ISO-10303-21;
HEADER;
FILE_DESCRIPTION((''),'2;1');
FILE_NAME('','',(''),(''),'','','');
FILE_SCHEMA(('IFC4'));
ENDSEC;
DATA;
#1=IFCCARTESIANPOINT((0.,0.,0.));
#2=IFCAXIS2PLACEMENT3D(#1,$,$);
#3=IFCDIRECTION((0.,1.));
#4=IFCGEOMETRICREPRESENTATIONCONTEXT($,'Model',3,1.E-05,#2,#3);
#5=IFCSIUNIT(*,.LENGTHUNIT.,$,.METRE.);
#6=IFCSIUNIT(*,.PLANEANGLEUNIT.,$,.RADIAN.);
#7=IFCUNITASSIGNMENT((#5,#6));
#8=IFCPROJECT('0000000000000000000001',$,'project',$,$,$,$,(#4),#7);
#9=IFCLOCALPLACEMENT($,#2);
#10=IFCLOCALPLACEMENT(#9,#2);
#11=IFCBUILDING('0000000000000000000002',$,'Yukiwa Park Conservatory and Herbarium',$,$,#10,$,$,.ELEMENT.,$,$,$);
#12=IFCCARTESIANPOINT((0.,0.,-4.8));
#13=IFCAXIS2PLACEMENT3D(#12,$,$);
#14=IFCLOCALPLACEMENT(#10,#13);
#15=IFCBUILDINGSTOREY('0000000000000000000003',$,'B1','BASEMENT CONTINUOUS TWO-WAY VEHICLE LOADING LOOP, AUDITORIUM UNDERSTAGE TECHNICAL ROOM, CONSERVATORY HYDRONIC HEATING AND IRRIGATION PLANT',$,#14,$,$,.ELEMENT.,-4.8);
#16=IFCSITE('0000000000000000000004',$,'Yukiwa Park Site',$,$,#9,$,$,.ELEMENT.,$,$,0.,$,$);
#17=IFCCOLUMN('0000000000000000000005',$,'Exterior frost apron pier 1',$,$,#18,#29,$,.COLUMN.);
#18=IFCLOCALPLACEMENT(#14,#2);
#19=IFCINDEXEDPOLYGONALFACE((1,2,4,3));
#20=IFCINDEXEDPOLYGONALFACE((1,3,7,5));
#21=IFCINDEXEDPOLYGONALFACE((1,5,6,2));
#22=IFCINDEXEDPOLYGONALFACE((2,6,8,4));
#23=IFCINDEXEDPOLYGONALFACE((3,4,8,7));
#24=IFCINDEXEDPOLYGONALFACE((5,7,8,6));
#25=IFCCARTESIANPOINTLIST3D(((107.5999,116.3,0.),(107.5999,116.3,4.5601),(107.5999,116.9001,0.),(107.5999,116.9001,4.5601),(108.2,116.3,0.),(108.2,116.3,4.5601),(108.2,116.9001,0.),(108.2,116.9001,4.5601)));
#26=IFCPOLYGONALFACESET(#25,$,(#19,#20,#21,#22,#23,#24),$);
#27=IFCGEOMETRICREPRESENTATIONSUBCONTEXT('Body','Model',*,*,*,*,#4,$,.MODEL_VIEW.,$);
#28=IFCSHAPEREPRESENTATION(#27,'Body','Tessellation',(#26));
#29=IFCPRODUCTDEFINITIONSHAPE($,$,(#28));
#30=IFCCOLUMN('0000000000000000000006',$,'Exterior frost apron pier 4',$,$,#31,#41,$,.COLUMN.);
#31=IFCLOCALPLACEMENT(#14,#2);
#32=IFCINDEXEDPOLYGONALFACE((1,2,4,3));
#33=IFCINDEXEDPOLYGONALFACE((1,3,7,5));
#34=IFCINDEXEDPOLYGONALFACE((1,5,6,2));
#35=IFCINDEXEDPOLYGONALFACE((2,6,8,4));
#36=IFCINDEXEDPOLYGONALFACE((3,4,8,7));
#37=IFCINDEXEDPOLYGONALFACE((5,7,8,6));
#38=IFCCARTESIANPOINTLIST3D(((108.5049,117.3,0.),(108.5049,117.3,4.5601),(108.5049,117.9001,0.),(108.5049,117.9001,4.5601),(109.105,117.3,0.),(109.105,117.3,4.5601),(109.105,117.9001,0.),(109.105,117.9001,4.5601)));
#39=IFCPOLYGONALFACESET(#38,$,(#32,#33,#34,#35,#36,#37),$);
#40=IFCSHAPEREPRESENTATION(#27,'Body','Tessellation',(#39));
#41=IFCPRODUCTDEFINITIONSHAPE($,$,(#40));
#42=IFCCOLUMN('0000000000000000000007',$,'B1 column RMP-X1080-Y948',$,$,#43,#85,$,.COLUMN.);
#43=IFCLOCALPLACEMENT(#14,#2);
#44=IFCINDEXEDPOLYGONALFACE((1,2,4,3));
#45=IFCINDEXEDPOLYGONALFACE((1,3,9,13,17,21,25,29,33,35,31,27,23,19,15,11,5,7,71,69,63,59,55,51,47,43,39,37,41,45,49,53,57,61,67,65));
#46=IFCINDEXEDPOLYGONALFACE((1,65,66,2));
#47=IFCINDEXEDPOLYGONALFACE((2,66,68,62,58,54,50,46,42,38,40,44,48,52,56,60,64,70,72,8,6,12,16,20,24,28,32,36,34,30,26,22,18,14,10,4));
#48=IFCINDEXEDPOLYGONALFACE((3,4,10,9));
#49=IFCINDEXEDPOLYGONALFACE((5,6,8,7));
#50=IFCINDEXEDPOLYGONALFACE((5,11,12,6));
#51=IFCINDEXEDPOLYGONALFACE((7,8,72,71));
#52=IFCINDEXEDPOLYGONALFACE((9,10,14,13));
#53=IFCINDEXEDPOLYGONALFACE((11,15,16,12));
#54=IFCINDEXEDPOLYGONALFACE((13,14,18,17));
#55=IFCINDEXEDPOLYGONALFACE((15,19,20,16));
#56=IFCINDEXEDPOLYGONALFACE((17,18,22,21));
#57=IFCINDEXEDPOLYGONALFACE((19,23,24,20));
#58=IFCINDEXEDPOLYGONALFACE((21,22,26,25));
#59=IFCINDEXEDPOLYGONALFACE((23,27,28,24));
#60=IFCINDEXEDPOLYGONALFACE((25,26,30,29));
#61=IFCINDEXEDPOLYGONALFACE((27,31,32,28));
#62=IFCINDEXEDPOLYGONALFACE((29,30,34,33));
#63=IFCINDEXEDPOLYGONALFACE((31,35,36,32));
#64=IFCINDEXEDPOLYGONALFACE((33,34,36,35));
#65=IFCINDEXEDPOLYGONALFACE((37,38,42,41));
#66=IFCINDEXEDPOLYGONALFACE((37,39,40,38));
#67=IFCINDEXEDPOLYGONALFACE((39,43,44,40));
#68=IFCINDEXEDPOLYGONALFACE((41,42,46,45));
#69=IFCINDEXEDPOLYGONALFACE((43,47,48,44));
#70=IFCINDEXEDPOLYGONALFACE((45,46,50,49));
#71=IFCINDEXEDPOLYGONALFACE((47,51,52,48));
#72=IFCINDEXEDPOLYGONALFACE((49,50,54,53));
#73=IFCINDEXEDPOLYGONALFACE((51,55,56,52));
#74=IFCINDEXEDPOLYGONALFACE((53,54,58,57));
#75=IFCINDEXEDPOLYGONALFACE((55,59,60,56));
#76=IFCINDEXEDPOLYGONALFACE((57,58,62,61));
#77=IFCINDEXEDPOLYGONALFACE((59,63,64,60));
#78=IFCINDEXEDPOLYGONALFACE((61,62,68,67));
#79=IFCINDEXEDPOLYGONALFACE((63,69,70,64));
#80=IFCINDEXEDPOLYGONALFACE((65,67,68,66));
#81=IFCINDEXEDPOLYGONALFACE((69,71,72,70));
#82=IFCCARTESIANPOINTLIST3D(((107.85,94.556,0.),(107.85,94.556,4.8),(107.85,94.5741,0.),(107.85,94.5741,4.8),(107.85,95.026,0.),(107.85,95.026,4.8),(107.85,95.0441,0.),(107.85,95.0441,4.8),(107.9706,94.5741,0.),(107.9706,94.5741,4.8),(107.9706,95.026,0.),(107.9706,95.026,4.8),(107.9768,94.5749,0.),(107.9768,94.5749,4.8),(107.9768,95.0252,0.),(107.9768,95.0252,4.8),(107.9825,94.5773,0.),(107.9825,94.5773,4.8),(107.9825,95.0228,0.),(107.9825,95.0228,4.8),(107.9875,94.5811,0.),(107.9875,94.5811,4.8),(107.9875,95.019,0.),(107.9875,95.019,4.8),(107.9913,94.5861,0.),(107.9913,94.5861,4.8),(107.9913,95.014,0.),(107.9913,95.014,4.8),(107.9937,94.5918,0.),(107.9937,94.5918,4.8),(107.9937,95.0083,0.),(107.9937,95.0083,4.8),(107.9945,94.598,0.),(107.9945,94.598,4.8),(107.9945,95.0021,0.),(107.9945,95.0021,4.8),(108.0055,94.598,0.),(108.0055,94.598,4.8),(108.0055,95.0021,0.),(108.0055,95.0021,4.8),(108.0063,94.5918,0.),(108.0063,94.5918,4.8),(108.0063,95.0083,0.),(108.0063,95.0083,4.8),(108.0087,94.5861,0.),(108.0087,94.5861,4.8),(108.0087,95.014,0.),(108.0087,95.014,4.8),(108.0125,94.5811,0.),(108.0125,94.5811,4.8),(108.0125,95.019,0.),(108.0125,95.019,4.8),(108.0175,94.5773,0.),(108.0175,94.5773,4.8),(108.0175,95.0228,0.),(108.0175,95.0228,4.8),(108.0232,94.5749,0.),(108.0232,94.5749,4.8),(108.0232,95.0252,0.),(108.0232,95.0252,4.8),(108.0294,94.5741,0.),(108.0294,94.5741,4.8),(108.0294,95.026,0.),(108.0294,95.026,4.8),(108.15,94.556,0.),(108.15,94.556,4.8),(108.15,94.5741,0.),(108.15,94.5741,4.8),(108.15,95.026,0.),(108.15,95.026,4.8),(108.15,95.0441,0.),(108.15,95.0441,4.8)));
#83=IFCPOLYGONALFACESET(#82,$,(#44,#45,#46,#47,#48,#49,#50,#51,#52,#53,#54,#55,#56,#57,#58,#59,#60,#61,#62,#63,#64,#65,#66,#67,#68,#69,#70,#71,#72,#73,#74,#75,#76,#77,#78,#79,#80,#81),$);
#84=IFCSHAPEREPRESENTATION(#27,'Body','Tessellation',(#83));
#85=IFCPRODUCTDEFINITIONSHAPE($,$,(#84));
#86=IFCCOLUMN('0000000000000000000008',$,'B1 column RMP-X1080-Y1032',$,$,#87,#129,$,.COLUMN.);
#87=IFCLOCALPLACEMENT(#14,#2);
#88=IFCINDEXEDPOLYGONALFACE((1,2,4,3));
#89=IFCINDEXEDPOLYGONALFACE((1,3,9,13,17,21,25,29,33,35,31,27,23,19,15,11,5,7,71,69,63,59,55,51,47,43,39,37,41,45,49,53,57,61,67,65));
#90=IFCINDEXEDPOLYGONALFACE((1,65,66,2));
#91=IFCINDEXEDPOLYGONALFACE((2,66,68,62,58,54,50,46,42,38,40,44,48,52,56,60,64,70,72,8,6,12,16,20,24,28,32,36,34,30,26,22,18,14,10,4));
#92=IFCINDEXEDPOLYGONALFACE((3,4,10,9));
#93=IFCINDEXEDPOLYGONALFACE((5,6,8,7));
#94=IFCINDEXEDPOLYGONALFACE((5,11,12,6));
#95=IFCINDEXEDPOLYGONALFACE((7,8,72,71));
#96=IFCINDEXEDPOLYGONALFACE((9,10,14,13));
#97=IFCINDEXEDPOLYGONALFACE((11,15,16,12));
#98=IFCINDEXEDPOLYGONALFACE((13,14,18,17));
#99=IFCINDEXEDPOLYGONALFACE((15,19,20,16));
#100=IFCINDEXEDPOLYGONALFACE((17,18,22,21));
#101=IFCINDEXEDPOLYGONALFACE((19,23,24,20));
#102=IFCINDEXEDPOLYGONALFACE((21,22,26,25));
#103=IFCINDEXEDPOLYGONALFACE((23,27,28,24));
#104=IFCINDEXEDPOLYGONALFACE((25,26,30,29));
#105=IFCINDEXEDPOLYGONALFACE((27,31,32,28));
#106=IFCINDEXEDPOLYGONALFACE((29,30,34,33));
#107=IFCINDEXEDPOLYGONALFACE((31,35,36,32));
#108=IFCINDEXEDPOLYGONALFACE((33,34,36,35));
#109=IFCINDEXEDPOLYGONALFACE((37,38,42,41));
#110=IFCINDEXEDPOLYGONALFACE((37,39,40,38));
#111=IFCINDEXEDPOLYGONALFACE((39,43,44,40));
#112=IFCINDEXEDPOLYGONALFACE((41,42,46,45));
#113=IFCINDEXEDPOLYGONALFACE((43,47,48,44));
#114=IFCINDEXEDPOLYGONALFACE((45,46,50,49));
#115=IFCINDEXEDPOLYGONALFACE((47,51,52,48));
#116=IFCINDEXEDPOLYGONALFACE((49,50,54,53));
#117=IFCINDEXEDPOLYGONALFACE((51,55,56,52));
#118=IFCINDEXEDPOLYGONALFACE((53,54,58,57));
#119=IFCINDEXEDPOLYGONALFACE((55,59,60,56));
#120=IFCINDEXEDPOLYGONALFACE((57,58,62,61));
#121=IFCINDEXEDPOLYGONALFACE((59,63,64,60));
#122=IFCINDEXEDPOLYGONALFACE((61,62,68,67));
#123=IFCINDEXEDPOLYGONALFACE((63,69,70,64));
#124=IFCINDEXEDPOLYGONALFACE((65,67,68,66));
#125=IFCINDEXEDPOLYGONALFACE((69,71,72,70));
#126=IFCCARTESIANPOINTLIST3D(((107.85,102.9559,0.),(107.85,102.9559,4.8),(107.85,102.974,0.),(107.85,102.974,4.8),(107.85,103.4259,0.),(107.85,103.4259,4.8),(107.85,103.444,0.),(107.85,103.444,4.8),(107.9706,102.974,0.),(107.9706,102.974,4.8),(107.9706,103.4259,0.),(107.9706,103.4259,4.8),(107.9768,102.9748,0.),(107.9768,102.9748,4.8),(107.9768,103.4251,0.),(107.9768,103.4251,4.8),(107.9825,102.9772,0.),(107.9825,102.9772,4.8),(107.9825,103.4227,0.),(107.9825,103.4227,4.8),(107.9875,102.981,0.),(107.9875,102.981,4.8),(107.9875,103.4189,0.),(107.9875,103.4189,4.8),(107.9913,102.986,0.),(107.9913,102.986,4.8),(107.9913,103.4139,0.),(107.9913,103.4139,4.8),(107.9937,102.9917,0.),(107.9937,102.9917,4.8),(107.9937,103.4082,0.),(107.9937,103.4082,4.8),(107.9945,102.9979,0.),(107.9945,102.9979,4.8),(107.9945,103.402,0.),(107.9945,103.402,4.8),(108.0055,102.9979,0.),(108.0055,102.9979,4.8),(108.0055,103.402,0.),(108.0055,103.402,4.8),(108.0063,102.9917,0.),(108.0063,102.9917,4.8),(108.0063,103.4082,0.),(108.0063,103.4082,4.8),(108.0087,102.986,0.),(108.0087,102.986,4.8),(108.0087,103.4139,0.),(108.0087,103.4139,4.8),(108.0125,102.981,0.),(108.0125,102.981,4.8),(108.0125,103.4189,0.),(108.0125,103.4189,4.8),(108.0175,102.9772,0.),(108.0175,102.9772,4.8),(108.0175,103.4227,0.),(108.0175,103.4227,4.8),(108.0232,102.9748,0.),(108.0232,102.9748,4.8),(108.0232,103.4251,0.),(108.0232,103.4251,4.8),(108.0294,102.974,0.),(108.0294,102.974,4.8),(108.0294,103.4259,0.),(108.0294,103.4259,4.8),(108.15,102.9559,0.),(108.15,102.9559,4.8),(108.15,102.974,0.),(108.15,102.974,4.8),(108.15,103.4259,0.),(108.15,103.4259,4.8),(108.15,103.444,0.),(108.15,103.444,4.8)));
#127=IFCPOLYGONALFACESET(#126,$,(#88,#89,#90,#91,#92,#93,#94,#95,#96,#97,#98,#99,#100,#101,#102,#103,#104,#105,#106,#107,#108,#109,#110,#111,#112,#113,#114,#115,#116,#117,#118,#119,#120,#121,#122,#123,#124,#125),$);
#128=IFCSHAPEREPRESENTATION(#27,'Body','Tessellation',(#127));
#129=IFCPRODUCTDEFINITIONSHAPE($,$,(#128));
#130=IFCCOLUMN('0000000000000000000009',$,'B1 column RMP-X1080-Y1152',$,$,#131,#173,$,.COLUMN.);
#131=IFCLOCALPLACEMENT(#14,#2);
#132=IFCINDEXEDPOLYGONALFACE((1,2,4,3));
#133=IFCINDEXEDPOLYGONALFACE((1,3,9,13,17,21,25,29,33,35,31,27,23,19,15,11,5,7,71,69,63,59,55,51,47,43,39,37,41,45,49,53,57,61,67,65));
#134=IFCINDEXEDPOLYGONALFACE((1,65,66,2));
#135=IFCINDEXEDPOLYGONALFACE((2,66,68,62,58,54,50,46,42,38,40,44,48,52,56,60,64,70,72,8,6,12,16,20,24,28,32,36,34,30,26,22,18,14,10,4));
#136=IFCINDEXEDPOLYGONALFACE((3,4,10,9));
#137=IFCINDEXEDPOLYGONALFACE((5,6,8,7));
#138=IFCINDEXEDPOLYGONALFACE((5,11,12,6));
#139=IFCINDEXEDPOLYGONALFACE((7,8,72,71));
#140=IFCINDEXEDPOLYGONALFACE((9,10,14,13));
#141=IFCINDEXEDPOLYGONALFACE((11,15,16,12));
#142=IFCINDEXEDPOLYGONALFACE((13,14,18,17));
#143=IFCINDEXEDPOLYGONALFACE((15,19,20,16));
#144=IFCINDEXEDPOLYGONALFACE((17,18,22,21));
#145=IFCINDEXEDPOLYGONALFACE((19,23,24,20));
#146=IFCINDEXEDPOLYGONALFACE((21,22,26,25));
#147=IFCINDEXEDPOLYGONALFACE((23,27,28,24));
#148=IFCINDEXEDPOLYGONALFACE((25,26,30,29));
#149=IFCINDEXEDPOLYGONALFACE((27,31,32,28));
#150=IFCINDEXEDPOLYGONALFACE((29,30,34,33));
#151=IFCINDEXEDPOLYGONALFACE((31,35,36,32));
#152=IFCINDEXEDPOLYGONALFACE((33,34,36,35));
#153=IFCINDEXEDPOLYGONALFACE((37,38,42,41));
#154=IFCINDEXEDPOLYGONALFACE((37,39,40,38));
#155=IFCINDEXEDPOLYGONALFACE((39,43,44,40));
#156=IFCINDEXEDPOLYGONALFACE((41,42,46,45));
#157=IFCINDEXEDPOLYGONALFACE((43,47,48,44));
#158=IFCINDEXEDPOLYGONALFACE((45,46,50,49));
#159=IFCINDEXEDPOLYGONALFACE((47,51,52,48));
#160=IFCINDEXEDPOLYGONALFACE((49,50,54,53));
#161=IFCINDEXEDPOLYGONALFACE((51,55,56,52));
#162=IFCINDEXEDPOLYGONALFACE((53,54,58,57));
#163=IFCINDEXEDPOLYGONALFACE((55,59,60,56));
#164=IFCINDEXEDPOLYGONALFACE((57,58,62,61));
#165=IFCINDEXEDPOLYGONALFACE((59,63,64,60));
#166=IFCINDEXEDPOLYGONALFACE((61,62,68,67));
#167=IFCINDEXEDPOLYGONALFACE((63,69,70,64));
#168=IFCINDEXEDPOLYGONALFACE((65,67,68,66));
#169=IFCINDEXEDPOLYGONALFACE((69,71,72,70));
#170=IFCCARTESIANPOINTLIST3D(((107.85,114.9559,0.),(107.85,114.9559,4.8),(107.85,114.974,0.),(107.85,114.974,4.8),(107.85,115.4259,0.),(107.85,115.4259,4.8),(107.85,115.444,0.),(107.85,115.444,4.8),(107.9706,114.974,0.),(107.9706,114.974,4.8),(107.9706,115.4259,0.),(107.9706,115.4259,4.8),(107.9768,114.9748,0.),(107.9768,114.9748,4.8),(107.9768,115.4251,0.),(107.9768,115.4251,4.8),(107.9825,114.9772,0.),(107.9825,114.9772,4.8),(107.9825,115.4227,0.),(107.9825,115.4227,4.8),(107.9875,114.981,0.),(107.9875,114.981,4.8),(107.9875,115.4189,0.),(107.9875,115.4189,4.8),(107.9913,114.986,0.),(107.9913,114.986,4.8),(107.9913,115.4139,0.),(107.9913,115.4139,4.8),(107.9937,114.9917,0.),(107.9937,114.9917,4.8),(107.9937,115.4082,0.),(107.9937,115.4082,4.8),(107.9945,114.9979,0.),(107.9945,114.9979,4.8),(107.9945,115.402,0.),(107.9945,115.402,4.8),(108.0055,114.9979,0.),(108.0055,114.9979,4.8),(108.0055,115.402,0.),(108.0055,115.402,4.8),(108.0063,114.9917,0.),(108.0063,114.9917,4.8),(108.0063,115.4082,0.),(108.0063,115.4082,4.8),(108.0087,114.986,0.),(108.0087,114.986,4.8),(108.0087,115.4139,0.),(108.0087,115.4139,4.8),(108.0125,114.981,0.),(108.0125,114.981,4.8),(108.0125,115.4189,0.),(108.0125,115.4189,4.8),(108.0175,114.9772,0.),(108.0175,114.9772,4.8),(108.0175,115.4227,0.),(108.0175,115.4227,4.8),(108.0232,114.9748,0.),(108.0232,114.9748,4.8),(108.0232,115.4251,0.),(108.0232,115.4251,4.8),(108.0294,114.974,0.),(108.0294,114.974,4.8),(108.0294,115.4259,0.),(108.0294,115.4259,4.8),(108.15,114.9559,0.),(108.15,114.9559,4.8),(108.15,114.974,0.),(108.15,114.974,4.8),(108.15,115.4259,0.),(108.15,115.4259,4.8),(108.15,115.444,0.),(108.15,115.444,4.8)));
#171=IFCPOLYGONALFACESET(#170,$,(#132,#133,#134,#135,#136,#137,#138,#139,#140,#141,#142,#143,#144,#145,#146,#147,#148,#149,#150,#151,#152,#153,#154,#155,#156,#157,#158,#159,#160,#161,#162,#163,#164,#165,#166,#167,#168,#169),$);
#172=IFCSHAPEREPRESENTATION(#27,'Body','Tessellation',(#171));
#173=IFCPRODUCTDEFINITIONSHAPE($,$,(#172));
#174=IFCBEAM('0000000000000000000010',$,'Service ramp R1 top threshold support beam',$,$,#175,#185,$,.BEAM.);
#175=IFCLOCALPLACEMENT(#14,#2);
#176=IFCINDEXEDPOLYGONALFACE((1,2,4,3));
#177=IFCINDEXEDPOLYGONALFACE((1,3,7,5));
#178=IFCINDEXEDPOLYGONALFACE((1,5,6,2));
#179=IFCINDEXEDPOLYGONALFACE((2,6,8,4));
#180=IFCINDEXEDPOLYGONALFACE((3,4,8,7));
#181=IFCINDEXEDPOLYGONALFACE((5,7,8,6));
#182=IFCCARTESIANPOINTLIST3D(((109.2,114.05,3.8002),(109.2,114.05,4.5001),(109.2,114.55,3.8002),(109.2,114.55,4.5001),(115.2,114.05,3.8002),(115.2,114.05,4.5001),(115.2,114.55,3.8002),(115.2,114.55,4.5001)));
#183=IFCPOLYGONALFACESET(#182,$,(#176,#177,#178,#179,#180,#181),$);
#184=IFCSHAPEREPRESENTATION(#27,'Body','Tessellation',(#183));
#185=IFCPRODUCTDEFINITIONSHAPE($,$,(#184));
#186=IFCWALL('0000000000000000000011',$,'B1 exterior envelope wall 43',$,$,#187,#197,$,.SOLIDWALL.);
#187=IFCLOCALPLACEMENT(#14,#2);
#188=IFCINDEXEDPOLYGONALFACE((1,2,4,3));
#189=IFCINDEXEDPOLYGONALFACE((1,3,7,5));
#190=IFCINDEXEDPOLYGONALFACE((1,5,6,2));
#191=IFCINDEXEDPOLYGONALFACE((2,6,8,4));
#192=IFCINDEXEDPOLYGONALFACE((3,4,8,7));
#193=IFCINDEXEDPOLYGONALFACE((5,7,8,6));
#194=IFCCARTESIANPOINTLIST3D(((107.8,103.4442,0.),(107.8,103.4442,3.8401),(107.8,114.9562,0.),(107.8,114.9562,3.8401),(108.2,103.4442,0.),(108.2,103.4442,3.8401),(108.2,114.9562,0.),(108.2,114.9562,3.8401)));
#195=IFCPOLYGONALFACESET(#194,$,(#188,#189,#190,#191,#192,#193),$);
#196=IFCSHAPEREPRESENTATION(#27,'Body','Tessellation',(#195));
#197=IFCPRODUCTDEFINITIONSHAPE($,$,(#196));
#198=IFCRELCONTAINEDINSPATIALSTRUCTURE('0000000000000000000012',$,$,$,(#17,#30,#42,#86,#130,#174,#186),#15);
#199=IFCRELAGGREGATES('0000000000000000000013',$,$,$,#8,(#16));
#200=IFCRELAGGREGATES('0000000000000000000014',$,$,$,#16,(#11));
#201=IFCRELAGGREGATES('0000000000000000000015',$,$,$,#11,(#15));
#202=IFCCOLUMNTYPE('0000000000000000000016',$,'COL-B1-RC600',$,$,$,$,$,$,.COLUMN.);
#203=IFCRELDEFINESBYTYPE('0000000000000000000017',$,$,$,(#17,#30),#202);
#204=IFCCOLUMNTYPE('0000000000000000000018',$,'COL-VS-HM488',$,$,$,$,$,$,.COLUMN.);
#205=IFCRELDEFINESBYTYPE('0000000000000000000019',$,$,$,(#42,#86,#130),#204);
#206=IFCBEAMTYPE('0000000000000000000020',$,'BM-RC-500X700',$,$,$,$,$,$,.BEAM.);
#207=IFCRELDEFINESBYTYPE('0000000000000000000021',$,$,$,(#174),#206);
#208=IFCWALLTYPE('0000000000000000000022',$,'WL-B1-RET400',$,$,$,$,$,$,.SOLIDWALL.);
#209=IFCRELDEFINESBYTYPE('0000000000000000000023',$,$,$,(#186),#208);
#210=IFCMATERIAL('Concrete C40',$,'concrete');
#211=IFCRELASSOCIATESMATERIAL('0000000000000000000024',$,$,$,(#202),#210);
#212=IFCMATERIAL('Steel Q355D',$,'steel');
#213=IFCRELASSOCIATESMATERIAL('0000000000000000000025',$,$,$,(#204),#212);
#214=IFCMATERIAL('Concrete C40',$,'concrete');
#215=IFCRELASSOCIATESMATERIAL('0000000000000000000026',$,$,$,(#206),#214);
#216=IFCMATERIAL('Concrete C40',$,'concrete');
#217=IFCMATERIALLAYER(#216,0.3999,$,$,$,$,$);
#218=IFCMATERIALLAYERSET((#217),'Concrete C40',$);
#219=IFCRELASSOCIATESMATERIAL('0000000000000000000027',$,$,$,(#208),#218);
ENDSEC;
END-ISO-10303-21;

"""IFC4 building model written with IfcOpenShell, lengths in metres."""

from ifc_helpers import new_model, si_unit, direction, frame, frame_2d, origin, origin_2d, place, context, subcontext, project, spatial, rectangle, i_section, extrude, material, layer, layer_set, material_profile, profile_set, type_object, element, save


model = new_model("IFC4")

# Units and contexts
model_context = context("Model", 3, precision=1e-05, world=origin(), true_north=direction((0.0, 1.0)))
body_context = subcontext(model_context, "Body", "Model", "MODEL_VIEW")
ifc_project = project(units=[si_unit("LENGTHUNIT", "METRE"), si_unit("PLANEANGLEUNIT", "RADIAN")], contexts=[model_context])

# Site, building, storey
site_placement = place(None, origin())
site = spatial("IfcSite", under=ifc_project, at=site_placement, Name="Yukiwa Park Site", CompositionType="ELEMENT", RefElevation=0.0)
building_placement = place(site_placement, origin())
building = spatial("IfcBuilding", under=site, at=building_placement, Name="Yukiwa Park Conservatory and Herbarium", CompositionType="ELEMENT")
storey_placement = place(building_placement, frame((0.0, 0.0, -4.8)))
storey = spatial("IfcBuildingStorey", under=building, at=storey_placement, Name="B1", Description="BASEMENT CONTINUOUS TWO-WAY VEHICLE LOADING LOOP, AUDITORIUM UNDERSTAGE TECHNICAL ROOM, CONSERVATORY HYDRONIC HEATING AND IRRIGATION PLANT", CompositionType="ELEMENT", Elevation=-4.8)

# Columns
ifc_material_1 = material(Name="Concrete C40", Category="concrete")
ifc_material_profile_1 = material_profile(ifc_material_1, rectangle(XDim=0.6001, YDim=0.6001, at=origin_2d()), Name="RC 600x600")
ifc_profile_set_1 = profile_set([ifc_material_profile_1], Name="Concrete C40")
column_type_1 = type_object("IfcColumnType", Name="COL-B1-RC600", PredefinedType="COLUMN", material=ifc_profile_set_1)
for number, where, z_axis, x_axis, name in (
    (1, (107.8999, 116.6001, 0.0), (0.0, 0.0, 1.0), (1.0, 0.0, 0.0), "Exterior frost apron pier 1"),
    (2, (108.8049, 117.6001, 0.0), (0.0, 0.0, 1.0), (1.0, 0.0, 0.0), "Exterior frost apron pier 4"),
):
    element("IfcColumn", number, at=place(storey_placement, frame(where, z_axis=z_axis, x_axis=x_axis)), inside=storey, type_object=column_type_1, Name=name, PredefinedType="COLUMN", context=body_context, shape_type="SweptSolid", body=[
        extrude(rectangle(XDim=0.6001, YDim=0.6001, at=origin_2d()), origin(), (0.0, 0.0, 1.0), 4.5601),
    ])
ifc_material_2 = material(Name="Steel Q355D", Category="steel")
ifc_material_profile_2 = material_profile(ifc_material_2, i_section(OverallWidth=0.3, OverallDepth=0.488, WebThickness=0.011, FlangeThickness=0.0181, FilletRadius=0.0239, at=origin_2d()), Name="HM 488x300x11x18")
ifc_profile_set_2 = profile_set([ifc_material_profile_2], Name="Steel Q355D")
column_type_2 = type_object("IfcColumnType", Name="COL-VS-HM488", PredefinedType="COLUMN", material=ifc_profile_set_2)
for number, where, z_axis, x_axis, name in (
    (3, (108.0, 94.8, 0.0), (0.0, 0.0, 1.0), (1.0, 0.0, 0.0), "B1 column RMP-X1080-Y948"),
    (4, (108.0, 103.2, 0.0), (0.0, 0.0, 1.0), (1.0, 0.0, 0.0), "B1 column RMP-X1080-Y1032"),
    (5, (108.0, 115.2, 0.0), (0.0, 0.0, 1.0), (1.0, 0.0, 0.0), "B1 column RMP-X1080-Y1152"),
):
    element("IfcColumn", number, at=place(storey_placement, frame(where, z_axis=z_axis, x_axis=x_axis)), inside=storey, type_object=column_type_2, Name=name, PredefinedType="COLUMN", context=body_context, shape_type="SweptSolid", body=[
        extrude(i_section(OverallWidth=0.3, OverallDepth=0.488, WebThickness=0.011, FlangeThickness=0.0181, FilletRadius=0.0239, at=origin_2d()), origin(), (0.0, 0.0, 1.0), 4.8),
    ])

# Beam
ifc_material_3 = material(Name="Concrete C40", Category="concrete")
ifc_material_profile_3 = material_profile(ifc_material_3, rectangle(XDim=0.5, YDim=0.7, at=origin_2d()), Name="RC 500x700")
ifc_profile_set_3 = profile_set([ifc_material_profile_3], Name="Concrete C40")
beam_type = type_object("IfcBeamType", Name="BM-RC-500X700", PredefinedType="BEAM", material=ifc_profile_set_3)
beam_placement = place(storey_placement, frame((109.2, 114.3, 4.1501), z_axis=(1.0, 0.0, 0.0), x_axis=(0.0, 1.0, 0.0)))
element("IfcBeam", 6, at=beam_placement, inside=storey, type_object=beam_type, Name="Service ramp R1 top threshold support beam", PredefinedType="BEAM", context=body_context, shape_type="SweptSolid", body=[
    extrude(rectangle(XDim=0.5, YDim=0.7, at=origin_2d()), origin(), (0.0, 0.0, 1.0), 6.0),
])

# Wall
ifc_material_4 = material(Name="Concrete C40", Category="concrete")
ifc_layer = layer(ifc_material_4, 0.3999)
ifc_layer_set = layer_set([ifc_layer], Name="Concrete C40")
wall_type = type_object("IfcWallType", Name="WL-B1-RET400", PredefinedType="SOLIDWALL", material=ifc_layer_set)
wall_1_placement = place(storey_placement, frame((108.0, 114.9561, 0.0), z_axis=(0.0, 0.0, 1.0), x_axis=(0.0, -1.0, 0.0)))
element("IfcWall", 7, at=wall_1_placement, inside=storey, type_object=wall_type, Name="B1 exterior envelope wall 43", PredefinedType="SOLIDWALL", context=body_context, shape_type="SweptSolid", body=[
    extrude(rectangle(XDim=11.512, YDim=0.3999, at=frame_2d((5.7559, 0.0))), origin(), (0.0, 0.0, 1.0), 3.8401),
])

save(model, "model.ifc")
